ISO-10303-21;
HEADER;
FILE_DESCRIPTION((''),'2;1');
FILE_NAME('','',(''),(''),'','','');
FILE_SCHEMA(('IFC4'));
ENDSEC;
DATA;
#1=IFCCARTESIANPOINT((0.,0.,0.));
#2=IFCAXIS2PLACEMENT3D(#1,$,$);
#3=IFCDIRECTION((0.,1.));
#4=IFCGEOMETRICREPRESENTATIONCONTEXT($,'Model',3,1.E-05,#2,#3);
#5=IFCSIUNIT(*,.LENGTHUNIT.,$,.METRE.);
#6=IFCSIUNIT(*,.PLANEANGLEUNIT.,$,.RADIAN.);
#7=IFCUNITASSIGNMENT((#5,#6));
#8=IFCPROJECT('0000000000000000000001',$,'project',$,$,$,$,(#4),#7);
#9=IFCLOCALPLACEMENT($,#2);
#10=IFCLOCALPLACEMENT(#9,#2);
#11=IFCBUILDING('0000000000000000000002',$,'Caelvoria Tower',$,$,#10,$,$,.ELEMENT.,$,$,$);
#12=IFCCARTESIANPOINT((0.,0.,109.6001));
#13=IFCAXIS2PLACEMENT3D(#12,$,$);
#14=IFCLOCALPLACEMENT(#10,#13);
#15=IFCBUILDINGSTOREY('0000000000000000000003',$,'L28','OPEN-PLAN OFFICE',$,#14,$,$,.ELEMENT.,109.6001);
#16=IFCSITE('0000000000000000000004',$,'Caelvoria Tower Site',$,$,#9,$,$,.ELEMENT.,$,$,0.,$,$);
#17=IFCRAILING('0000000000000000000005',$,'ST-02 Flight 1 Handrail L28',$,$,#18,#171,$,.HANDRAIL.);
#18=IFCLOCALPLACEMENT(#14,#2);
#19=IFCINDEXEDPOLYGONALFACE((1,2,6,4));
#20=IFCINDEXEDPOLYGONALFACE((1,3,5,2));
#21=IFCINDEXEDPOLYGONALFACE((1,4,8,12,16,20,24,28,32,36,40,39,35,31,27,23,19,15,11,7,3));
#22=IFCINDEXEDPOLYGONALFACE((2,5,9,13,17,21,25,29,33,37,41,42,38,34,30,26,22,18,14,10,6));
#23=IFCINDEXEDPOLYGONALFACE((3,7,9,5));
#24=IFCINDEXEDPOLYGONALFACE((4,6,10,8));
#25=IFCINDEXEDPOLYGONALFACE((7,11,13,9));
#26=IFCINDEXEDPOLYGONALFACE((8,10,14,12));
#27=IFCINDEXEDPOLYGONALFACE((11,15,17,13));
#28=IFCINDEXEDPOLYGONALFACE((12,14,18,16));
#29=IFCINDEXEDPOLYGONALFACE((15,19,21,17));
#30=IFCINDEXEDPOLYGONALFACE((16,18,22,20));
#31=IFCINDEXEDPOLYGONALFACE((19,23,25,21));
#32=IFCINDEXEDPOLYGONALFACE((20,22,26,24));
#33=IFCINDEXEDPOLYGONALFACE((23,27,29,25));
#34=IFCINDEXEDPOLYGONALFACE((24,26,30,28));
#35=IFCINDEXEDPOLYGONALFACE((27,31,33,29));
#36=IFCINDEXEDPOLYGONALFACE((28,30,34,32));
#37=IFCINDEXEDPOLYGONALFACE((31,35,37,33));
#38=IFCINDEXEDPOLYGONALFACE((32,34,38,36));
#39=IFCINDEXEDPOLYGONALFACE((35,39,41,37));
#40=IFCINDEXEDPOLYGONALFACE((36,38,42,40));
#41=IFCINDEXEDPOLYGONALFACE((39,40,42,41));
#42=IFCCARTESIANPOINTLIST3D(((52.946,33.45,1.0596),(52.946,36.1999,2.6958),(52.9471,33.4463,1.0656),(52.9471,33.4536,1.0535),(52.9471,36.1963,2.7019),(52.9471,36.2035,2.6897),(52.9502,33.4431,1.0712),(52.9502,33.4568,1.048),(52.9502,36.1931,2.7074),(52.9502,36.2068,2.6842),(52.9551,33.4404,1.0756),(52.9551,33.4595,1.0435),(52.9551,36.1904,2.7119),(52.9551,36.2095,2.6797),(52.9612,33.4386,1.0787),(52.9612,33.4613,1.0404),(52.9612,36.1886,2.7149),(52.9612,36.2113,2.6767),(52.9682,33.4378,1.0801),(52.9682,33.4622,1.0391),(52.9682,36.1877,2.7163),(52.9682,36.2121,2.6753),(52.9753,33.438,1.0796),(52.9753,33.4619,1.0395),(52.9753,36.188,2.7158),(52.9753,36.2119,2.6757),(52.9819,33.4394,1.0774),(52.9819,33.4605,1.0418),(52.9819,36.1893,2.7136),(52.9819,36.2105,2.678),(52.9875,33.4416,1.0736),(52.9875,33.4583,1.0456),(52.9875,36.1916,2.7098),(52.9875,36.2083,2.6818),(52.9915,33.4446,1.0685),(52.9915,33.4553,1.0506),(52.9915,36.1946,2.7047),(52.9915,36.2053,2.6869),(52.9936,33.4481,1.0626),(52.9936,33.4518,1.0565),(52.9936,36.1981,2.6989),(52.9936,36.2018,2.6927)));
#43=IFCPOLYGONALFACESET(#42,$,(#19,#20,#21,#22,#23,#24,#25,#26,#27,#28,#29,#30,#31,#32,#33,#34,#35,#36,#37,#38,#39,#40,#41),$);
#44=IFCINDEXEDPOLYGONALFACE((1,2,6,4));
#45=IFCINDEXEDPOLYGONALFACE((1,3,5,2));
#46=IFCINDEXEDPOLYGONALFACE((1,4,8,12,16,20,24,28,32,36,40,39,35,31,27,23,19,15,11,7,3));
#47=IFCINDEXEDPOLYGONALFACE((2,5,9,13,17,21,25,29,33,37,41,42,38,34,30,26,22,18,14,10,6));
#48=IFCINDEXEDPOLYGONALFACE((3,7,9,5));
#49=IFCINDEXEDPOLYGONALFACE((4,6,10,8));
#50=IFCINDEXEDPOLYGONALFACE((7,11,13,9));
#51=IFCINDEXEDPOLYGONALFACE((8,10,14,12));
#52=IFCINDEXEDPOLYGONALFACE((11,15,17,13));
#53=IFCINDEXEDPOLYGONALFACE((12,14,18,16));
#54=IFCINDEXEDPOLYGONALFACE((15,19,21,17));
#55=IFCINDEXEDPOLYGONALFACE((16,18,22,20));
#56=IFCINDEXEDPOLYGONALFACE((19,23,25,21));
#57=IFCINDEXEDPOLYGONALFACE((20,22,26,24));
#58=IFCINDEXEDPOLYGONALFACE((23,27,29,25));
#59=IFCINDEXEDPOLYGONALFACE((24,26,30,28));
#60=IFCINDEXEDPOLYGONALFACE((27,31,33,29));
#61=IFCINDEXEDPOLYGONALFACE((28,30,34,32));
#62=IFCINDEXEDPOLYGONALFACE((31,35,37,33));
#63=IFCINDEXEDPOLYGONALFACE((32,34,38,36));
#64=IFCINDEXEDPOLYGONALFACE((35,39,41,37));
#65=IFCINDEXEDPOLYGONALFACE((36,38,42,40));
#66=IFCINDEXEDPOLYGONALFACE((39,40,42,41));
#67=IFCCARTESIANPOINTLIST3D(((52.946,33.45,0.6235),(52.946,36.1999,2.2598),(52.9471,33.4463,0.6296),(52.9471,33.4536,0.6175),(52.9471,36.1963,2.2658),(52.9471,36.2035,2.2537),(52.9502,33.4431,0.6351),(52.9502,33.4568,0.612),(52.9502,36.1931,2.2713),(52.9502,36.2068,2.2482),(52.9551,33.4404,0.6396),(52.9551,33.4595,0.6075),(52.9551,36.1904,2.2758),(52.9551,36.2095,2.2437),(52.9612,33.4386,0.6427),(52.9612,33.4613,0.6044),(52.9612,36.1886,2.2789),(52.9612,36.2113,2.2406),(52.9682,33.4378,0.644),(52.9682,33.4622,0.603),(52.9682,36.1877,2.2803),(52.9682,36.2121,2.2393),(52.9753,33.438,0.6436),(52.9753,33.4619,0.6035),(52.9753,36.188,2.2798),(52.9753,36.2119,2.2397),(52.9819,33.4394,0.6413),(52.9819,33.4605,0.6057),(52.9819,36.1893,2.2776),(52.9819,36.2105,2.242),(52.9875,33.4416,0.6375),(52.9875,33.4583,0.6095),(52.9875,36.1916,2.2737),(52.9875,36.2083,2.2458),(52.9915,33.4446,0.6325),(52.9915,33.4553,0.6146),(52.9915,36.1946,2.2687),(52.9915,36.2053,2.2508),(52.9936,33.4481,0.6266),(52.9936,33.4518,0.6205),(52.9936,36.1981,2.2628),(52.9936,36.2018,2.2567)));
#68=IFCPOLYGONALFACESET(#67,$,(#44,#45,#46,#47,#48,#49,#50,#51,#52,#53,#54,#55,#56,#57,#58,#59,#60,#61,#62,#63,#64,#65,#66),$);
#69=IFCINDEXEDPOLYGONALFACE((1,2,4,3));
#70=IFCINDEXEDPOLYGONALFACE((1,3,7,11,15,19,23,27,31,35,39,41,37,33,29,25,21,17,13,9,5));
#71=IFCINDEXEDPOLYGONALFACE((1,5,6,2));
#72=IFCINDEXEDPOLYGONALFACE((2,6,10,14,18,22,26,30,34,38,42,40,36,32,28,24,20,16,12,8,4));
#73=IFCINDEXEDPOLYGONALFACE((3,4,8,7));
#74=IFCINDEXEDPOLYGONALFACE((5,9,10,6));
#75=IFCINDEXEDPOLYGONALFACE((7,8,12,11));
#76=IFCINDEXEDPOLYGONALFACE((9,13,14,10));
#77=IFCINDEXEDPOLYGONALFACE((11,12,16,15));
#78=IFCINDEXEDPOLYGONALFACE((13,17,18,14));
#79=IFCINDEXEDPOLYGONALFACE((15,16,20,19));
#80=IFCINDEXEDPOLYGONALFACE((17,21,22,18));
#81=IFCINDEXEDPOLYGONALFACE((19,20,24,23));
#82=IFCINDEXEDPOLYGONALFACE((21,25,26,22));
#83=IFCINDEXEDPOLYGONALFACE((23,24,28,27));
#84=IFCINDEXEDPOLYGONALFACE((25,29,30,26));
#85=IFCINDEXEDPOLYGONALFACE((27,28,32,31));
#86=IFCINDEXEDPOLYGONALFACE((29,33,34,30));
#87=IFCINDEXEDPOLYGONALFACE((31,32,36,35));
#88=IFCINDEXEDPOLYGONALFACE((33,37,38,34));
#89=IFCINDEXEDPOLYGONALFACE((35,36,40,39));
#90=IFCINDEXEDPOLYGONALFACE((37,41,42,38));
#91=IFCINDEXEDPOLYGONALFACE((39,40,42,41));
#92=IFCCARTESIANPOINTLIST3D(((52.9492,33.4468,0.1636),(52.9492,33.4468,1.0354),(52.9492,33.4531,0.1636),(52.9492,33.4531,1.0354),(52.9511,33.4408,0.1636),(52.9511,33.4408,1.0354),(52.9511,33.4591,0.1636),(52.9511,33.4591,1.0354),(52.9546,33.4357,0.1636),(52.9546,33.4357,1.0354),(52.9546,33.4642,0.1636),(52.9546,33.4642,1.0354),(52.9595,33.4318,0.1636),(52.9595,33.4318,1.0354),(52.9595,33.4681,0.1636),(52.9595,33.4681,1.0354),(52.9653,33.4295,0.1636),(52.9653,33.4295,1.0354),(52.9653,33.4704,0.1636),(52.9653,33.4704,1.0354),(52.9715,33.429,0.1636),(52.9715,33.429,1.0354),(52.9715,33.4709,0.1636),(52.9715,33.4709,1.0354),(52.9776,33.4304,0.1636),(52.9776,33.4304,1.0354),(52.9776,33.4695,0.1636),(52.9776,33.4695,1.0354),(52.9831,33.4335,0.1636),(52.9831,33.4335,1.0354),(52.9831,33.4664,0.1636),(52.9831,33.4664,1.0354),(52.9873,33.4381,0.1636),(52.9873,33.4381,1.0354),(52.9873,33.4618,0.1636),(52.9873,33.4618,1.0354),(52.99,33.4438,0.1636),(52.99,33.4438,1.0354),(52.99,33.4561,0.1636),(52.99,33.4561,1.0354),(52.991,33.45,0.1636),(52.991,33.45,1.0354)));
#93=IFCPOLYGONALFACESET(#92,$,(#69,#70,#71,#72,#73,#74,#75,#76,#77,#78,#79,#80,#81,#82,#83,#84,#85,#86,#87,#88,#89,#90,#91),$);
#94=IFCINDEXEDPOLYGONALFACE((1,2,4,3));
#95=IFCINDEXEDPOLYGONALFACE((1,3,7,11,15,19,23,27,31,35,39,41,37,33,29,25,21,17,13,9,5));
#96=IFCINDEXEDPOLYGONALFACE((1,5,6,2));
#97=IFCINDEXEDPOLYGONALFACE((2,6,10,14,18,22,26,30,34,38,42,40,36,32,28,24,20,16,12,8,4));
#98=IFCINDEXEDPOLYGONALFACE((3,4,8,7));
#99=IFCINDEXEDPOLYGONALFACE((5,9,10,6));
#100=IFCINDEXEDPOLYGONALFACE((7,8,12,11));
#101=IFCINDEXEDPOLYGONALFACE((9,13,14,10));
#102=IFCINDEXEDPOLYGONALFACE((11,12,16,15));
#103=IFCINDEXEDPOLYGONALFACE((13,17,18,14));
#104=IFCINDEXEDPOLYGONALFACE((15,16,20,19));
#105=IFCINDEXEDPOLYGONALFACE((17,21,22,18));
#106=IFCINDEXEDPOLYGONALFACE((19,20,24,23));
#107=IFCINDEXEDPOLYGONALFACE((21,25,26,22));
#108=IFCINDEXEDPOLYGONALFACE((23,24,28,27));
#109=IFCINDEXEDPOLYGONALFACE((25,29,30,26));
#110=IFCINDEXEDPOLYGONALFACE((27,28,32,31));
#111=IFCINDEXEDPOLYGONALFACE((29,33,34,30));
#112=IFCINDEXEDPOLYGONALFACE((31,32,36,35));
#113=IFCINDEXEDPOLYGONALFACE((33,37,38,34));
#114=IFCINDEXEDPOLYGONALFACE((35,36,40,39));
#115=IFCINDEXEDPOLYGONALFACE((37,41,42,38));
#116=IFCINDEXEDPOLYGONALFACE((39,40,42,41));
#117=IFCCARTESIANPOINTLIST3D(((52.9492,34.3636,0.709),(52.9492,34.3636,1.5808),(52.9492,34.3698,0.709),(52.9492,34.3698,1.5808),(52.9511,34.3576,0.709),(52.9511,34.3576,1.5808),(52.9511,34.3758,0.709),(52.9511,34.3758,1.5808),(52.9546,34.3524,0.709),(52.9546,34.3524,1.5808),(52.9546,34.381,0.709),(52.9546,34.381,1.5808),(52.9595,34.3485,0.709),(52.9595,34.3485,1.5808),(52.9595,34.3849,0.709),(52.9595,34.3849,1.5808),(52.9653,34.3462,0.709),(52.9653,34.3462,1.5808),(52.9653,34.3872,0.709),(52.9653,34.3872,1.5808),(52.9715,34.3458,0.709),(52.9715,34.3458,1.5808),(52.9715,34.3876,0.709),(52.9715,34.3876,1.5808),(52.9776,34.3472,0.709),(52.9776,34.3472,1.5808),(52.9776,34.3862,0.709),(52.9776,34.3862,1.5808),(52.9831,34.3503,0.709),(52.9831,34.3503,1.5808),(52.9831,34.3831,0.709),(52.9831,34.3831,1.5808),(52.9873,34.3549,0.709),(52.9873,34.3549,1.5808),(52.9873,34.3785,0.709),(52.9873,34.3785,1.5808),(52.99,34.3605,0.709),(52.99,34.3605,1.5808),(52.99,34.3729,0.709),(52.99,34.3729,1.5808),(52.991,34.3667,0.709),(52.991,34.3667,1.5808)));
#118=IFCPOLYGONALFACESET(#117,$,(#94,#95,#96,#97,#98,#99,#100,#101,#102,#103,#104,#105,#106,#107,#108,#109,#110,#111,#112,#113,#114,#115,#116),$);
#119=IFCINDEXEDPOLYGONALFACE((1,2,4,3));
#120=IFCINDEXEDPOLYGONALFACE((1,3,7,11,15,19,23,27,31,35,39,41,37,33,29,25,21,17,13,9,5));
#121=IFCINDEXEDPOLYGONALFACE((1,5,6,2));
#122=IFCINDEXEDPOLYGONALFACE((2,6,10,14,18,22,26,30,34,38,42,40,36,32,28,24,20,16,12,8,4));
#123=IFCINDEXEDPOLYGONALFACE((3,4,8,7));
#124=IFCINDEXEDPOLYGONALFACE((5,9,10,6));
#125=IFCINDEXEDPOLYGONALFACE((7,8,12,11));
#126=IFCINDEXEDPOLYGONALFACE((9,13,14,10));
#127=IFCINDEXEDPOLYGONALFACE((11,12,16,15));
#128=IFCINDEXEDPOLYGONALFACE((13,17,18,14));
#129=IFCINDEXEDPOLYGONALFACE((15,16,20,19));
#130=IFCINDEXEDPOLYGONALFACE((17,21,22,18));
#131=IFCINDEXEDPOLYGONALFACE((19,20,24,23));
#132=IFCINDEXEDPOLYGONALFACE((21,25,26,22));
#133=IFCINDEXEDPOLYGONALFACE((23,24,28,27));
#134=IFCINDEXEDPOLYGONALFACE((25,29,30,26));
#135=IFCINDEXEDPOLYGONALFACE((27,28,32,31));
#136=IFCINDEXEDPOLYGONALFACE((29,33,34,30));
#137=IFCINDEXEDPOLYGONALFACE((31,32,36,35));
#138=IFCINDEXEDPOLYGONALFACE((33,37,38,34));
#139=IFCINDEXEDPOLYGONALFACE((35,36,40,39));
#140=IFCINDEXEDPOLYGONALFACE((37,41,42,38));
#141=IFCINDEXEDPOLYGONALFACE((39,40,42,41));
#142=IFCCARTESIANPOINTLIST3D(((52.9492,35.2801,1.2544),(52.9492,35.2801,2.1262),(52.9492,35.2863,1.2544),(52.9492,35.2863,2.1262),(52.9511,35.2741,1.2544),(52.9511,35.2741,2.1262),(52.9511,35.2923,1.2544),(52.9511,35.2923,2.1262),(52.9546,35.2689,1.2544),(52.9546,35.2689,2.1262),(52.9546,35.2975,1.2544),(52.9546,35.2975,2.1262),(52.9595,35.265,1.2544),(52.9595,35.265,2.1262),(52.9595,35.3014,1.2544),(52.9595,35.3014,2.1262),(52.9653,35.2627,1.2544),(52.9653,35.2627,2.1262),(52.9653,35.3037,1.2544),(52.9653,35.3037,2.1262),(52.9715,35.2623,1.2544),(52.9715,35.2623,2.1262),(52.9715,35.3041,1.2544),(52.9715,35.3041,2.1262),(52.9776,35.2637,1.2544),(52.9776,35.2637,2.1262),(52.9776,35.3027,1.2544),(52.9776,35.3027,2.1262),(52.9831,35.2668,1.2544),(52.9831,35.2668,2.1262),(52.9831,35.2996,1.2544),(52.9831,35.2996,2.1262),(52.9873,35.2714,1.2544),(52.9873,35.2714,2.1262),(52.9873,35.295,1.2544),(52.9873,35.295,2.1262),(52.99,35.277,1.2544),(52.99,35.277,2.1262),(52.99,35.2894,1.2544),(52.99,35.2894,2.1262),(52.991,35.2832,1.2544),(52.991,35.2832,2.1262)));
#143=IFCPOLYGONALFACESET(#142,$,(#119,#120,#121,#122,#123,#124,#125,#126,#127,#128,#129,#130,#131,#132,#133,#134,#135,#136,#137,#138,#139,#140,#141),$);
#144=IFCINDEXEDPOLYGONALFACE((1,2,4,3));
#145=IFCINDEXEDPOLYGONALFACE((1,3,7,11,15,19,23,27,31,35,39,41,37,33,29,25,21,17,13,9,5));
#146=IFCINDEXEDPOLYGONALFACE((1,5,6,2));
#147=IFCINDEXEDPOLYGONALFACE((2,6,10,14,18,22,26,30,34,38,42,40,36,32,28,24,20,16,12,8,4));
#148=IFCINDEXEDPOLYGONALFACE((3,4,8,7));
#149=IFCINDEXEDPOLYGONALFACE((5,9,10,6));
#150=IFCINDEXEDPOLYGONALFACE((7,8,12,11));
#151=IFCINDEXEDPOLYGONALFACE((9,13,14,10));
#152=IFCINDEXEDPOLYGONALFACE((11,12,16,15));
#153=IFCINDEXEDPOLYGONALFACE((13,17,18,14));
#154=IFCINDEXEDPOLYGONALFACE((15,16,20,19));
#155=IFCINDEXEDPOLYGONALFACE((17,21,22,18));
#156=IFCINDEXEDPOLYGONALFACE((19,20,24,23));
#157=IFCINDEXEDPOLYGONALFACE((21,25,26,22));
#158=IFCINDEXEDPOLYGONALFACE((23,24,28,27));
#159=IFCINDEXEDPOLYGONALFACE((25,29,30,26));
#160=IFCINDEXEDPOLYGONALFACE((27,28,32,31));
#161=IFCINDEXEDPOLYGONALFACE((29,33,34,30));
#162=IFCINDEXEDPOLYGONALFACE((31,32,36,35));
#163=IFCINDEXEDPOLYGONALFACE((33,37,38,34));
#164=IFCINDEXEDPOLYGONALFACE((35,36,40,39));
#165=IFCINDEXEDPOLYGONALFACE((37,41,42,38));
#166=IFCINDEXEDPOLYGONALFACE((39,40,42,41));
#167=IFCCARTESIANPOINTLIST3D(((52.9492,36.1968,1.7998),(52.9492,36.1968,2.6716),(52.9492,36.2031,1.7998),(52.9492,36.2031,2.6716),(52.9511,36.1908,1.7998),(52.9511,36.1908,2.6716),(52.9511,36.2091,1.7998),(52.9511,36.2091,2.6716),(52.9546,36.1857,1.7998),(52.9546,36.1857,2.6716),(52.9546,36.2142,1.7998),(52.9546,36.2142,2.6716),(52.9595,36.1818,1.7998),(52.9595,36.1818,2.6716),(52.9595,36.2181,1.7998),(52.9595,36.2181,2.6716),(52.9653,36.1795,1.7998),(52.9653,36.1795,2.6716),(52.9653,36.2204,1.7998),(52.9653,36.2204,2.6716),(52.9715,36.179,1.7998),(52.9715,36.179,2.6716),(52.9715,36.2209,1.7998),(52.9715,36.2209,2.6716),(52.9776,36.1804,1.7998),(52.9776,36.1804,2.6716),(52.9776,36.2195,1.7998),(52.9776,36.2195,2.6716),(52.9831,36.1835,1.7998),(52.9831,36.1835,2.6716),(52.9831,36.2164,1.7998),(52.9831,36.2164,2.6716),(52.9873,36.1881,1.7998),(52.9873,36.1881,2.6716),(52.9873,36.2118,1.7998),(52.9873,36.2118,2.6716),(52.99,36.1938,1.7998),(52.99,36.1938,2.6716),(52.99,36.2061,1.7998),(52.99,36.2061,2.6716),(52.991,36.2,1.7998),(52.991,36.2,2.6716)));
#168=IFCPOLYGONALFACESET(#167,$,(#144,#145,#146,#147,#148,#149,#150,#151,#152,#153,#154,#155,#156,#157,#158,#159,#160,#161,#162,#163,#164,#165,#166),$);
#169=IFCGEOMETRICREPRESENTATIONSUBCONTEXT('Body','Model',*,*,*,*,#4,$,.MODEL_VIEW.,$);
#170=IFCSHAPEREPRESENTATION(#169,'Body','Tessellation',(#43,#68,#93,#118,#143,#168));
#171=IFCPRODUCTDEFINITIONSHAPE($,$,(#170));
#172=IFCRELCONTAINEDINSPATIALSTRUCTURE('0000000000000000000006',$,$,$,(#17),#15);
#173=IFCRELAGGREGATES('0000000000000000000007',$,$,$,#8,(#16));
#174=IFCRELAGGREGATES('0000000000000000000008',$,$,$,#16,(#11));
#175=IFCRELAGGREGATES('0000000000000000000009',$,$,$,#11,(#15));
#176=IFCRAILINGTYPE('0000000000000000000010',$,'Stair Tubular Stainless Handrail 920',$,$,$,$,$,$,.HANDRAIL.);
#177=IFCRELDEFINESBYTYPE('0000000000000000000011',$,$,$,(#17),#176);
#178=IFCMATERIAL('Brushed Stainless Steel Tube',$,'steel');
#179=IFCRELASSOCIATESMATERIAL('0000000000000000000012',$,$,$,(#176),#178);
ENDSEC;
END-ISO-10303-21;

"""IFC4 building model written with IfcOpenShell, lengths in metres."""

from ifc_helpers import new_model, si_unit, direction, frame, origin, origin_2d, place, context, subcontext, project, spatial, circle, extrude, material, type_object, element, save


model = new_model("IFC4")

# Units and contexts
model_context = context("Model", 3, precision=1e-05, world=origin(), true_north=direction((0.0, 1.0)))
body_context = subcontext(model_context, "Body", "Model", "MODEL_VIEW")
ifc_project = project(units=[si_unit("LENGTHUNIT", "METRE"), si_unit("PLANEANGLEUNIT", "RADIAN")], contexts=[model_context])

# Site, building, storey
site_placement = place(None, origin())
site = spatial("IfcSite", under=ifc_project, at=site_placement, Name="Caelvoria Tower Site", CompositionType="ELEMENT", RefElevation=0.0)
building_placement = place(site_placement, origin())
building = spatial("IfcBuilding", under=site, at=building_placement, Name="Caelvoria Tower", CompositionType="ELEMENT")
storey_placement = place(building_placement, frame((0.0, 0.0, 109.6001)))
storey = spatial("IfcBuildingStorey", under=building, at=storey_placement, Name="L28", Description="OPEN-PLAN OFFICE", CompositionType="ELEMENT", Elevation=109.6001)

# Railing
ifc_material_1 = material(Name="Brushed Stainless Steel Tube", Category="steel")
railing_type_1 = type_object("IfcRailingType", Name="Stair Tubular Stainless Handrail 920", PredefinedType="HANDRAIL", material=ifc_material_1)
railing_1_placement = place(storey_placement, frame((52.97, 33.45, 0.1636)))
element("IfcRailing", 1, at=railing_1_placement, inside=storey, type_object=railing_type_1, Name="ST-02 Flight 1 Handrail L28", PredefinedType="HANDRAIL", context=body_context, shape_type="SweptSolid", body=[
    extrude(circle(Radius=0.0239, at=origin_2d()), frame((0.0, 0.0, 0.896), z_axis=(0.0, 0.859385, 0.511328), x_axis=(-1.0, 0.0, 0.0)), (0.0, 0.0, 1.0), 3.2),
    extrude(circle(Radius=0.0239, at=origin_2d()), frame((0.0, 0.0, 0.46), z_axis=(0.0, 0.859385, 0.511328), x_axis=(-1.0, 0.0, 0.0)), (0.0, 0.0, 1.0), 3.2),
    extrude(circle(Radius=0.021, at=origin_2d()), origin(), (0.0, 0.0, 1.0), 0.8718),
    extrude(circle(Radius=0.021, at=origin_2d()), frame((0.0, 0.9167, 0.5454)), (0.0, 0.0, 1.0), 0.8718),
    extrude(circle(Radius=0.021, at=origin_2d()), frame((0.0, 1.8333, 1.0908)), (0.0, 0.0, 1.0), 0.8718),
    extrude(circle(Radius=0.021, at=origin_2d()), frame((0.0, 2.75, 1.6362)), (0.0, 0.0, 1.0), 0.8718),
])

save(model, "model.ifc")
